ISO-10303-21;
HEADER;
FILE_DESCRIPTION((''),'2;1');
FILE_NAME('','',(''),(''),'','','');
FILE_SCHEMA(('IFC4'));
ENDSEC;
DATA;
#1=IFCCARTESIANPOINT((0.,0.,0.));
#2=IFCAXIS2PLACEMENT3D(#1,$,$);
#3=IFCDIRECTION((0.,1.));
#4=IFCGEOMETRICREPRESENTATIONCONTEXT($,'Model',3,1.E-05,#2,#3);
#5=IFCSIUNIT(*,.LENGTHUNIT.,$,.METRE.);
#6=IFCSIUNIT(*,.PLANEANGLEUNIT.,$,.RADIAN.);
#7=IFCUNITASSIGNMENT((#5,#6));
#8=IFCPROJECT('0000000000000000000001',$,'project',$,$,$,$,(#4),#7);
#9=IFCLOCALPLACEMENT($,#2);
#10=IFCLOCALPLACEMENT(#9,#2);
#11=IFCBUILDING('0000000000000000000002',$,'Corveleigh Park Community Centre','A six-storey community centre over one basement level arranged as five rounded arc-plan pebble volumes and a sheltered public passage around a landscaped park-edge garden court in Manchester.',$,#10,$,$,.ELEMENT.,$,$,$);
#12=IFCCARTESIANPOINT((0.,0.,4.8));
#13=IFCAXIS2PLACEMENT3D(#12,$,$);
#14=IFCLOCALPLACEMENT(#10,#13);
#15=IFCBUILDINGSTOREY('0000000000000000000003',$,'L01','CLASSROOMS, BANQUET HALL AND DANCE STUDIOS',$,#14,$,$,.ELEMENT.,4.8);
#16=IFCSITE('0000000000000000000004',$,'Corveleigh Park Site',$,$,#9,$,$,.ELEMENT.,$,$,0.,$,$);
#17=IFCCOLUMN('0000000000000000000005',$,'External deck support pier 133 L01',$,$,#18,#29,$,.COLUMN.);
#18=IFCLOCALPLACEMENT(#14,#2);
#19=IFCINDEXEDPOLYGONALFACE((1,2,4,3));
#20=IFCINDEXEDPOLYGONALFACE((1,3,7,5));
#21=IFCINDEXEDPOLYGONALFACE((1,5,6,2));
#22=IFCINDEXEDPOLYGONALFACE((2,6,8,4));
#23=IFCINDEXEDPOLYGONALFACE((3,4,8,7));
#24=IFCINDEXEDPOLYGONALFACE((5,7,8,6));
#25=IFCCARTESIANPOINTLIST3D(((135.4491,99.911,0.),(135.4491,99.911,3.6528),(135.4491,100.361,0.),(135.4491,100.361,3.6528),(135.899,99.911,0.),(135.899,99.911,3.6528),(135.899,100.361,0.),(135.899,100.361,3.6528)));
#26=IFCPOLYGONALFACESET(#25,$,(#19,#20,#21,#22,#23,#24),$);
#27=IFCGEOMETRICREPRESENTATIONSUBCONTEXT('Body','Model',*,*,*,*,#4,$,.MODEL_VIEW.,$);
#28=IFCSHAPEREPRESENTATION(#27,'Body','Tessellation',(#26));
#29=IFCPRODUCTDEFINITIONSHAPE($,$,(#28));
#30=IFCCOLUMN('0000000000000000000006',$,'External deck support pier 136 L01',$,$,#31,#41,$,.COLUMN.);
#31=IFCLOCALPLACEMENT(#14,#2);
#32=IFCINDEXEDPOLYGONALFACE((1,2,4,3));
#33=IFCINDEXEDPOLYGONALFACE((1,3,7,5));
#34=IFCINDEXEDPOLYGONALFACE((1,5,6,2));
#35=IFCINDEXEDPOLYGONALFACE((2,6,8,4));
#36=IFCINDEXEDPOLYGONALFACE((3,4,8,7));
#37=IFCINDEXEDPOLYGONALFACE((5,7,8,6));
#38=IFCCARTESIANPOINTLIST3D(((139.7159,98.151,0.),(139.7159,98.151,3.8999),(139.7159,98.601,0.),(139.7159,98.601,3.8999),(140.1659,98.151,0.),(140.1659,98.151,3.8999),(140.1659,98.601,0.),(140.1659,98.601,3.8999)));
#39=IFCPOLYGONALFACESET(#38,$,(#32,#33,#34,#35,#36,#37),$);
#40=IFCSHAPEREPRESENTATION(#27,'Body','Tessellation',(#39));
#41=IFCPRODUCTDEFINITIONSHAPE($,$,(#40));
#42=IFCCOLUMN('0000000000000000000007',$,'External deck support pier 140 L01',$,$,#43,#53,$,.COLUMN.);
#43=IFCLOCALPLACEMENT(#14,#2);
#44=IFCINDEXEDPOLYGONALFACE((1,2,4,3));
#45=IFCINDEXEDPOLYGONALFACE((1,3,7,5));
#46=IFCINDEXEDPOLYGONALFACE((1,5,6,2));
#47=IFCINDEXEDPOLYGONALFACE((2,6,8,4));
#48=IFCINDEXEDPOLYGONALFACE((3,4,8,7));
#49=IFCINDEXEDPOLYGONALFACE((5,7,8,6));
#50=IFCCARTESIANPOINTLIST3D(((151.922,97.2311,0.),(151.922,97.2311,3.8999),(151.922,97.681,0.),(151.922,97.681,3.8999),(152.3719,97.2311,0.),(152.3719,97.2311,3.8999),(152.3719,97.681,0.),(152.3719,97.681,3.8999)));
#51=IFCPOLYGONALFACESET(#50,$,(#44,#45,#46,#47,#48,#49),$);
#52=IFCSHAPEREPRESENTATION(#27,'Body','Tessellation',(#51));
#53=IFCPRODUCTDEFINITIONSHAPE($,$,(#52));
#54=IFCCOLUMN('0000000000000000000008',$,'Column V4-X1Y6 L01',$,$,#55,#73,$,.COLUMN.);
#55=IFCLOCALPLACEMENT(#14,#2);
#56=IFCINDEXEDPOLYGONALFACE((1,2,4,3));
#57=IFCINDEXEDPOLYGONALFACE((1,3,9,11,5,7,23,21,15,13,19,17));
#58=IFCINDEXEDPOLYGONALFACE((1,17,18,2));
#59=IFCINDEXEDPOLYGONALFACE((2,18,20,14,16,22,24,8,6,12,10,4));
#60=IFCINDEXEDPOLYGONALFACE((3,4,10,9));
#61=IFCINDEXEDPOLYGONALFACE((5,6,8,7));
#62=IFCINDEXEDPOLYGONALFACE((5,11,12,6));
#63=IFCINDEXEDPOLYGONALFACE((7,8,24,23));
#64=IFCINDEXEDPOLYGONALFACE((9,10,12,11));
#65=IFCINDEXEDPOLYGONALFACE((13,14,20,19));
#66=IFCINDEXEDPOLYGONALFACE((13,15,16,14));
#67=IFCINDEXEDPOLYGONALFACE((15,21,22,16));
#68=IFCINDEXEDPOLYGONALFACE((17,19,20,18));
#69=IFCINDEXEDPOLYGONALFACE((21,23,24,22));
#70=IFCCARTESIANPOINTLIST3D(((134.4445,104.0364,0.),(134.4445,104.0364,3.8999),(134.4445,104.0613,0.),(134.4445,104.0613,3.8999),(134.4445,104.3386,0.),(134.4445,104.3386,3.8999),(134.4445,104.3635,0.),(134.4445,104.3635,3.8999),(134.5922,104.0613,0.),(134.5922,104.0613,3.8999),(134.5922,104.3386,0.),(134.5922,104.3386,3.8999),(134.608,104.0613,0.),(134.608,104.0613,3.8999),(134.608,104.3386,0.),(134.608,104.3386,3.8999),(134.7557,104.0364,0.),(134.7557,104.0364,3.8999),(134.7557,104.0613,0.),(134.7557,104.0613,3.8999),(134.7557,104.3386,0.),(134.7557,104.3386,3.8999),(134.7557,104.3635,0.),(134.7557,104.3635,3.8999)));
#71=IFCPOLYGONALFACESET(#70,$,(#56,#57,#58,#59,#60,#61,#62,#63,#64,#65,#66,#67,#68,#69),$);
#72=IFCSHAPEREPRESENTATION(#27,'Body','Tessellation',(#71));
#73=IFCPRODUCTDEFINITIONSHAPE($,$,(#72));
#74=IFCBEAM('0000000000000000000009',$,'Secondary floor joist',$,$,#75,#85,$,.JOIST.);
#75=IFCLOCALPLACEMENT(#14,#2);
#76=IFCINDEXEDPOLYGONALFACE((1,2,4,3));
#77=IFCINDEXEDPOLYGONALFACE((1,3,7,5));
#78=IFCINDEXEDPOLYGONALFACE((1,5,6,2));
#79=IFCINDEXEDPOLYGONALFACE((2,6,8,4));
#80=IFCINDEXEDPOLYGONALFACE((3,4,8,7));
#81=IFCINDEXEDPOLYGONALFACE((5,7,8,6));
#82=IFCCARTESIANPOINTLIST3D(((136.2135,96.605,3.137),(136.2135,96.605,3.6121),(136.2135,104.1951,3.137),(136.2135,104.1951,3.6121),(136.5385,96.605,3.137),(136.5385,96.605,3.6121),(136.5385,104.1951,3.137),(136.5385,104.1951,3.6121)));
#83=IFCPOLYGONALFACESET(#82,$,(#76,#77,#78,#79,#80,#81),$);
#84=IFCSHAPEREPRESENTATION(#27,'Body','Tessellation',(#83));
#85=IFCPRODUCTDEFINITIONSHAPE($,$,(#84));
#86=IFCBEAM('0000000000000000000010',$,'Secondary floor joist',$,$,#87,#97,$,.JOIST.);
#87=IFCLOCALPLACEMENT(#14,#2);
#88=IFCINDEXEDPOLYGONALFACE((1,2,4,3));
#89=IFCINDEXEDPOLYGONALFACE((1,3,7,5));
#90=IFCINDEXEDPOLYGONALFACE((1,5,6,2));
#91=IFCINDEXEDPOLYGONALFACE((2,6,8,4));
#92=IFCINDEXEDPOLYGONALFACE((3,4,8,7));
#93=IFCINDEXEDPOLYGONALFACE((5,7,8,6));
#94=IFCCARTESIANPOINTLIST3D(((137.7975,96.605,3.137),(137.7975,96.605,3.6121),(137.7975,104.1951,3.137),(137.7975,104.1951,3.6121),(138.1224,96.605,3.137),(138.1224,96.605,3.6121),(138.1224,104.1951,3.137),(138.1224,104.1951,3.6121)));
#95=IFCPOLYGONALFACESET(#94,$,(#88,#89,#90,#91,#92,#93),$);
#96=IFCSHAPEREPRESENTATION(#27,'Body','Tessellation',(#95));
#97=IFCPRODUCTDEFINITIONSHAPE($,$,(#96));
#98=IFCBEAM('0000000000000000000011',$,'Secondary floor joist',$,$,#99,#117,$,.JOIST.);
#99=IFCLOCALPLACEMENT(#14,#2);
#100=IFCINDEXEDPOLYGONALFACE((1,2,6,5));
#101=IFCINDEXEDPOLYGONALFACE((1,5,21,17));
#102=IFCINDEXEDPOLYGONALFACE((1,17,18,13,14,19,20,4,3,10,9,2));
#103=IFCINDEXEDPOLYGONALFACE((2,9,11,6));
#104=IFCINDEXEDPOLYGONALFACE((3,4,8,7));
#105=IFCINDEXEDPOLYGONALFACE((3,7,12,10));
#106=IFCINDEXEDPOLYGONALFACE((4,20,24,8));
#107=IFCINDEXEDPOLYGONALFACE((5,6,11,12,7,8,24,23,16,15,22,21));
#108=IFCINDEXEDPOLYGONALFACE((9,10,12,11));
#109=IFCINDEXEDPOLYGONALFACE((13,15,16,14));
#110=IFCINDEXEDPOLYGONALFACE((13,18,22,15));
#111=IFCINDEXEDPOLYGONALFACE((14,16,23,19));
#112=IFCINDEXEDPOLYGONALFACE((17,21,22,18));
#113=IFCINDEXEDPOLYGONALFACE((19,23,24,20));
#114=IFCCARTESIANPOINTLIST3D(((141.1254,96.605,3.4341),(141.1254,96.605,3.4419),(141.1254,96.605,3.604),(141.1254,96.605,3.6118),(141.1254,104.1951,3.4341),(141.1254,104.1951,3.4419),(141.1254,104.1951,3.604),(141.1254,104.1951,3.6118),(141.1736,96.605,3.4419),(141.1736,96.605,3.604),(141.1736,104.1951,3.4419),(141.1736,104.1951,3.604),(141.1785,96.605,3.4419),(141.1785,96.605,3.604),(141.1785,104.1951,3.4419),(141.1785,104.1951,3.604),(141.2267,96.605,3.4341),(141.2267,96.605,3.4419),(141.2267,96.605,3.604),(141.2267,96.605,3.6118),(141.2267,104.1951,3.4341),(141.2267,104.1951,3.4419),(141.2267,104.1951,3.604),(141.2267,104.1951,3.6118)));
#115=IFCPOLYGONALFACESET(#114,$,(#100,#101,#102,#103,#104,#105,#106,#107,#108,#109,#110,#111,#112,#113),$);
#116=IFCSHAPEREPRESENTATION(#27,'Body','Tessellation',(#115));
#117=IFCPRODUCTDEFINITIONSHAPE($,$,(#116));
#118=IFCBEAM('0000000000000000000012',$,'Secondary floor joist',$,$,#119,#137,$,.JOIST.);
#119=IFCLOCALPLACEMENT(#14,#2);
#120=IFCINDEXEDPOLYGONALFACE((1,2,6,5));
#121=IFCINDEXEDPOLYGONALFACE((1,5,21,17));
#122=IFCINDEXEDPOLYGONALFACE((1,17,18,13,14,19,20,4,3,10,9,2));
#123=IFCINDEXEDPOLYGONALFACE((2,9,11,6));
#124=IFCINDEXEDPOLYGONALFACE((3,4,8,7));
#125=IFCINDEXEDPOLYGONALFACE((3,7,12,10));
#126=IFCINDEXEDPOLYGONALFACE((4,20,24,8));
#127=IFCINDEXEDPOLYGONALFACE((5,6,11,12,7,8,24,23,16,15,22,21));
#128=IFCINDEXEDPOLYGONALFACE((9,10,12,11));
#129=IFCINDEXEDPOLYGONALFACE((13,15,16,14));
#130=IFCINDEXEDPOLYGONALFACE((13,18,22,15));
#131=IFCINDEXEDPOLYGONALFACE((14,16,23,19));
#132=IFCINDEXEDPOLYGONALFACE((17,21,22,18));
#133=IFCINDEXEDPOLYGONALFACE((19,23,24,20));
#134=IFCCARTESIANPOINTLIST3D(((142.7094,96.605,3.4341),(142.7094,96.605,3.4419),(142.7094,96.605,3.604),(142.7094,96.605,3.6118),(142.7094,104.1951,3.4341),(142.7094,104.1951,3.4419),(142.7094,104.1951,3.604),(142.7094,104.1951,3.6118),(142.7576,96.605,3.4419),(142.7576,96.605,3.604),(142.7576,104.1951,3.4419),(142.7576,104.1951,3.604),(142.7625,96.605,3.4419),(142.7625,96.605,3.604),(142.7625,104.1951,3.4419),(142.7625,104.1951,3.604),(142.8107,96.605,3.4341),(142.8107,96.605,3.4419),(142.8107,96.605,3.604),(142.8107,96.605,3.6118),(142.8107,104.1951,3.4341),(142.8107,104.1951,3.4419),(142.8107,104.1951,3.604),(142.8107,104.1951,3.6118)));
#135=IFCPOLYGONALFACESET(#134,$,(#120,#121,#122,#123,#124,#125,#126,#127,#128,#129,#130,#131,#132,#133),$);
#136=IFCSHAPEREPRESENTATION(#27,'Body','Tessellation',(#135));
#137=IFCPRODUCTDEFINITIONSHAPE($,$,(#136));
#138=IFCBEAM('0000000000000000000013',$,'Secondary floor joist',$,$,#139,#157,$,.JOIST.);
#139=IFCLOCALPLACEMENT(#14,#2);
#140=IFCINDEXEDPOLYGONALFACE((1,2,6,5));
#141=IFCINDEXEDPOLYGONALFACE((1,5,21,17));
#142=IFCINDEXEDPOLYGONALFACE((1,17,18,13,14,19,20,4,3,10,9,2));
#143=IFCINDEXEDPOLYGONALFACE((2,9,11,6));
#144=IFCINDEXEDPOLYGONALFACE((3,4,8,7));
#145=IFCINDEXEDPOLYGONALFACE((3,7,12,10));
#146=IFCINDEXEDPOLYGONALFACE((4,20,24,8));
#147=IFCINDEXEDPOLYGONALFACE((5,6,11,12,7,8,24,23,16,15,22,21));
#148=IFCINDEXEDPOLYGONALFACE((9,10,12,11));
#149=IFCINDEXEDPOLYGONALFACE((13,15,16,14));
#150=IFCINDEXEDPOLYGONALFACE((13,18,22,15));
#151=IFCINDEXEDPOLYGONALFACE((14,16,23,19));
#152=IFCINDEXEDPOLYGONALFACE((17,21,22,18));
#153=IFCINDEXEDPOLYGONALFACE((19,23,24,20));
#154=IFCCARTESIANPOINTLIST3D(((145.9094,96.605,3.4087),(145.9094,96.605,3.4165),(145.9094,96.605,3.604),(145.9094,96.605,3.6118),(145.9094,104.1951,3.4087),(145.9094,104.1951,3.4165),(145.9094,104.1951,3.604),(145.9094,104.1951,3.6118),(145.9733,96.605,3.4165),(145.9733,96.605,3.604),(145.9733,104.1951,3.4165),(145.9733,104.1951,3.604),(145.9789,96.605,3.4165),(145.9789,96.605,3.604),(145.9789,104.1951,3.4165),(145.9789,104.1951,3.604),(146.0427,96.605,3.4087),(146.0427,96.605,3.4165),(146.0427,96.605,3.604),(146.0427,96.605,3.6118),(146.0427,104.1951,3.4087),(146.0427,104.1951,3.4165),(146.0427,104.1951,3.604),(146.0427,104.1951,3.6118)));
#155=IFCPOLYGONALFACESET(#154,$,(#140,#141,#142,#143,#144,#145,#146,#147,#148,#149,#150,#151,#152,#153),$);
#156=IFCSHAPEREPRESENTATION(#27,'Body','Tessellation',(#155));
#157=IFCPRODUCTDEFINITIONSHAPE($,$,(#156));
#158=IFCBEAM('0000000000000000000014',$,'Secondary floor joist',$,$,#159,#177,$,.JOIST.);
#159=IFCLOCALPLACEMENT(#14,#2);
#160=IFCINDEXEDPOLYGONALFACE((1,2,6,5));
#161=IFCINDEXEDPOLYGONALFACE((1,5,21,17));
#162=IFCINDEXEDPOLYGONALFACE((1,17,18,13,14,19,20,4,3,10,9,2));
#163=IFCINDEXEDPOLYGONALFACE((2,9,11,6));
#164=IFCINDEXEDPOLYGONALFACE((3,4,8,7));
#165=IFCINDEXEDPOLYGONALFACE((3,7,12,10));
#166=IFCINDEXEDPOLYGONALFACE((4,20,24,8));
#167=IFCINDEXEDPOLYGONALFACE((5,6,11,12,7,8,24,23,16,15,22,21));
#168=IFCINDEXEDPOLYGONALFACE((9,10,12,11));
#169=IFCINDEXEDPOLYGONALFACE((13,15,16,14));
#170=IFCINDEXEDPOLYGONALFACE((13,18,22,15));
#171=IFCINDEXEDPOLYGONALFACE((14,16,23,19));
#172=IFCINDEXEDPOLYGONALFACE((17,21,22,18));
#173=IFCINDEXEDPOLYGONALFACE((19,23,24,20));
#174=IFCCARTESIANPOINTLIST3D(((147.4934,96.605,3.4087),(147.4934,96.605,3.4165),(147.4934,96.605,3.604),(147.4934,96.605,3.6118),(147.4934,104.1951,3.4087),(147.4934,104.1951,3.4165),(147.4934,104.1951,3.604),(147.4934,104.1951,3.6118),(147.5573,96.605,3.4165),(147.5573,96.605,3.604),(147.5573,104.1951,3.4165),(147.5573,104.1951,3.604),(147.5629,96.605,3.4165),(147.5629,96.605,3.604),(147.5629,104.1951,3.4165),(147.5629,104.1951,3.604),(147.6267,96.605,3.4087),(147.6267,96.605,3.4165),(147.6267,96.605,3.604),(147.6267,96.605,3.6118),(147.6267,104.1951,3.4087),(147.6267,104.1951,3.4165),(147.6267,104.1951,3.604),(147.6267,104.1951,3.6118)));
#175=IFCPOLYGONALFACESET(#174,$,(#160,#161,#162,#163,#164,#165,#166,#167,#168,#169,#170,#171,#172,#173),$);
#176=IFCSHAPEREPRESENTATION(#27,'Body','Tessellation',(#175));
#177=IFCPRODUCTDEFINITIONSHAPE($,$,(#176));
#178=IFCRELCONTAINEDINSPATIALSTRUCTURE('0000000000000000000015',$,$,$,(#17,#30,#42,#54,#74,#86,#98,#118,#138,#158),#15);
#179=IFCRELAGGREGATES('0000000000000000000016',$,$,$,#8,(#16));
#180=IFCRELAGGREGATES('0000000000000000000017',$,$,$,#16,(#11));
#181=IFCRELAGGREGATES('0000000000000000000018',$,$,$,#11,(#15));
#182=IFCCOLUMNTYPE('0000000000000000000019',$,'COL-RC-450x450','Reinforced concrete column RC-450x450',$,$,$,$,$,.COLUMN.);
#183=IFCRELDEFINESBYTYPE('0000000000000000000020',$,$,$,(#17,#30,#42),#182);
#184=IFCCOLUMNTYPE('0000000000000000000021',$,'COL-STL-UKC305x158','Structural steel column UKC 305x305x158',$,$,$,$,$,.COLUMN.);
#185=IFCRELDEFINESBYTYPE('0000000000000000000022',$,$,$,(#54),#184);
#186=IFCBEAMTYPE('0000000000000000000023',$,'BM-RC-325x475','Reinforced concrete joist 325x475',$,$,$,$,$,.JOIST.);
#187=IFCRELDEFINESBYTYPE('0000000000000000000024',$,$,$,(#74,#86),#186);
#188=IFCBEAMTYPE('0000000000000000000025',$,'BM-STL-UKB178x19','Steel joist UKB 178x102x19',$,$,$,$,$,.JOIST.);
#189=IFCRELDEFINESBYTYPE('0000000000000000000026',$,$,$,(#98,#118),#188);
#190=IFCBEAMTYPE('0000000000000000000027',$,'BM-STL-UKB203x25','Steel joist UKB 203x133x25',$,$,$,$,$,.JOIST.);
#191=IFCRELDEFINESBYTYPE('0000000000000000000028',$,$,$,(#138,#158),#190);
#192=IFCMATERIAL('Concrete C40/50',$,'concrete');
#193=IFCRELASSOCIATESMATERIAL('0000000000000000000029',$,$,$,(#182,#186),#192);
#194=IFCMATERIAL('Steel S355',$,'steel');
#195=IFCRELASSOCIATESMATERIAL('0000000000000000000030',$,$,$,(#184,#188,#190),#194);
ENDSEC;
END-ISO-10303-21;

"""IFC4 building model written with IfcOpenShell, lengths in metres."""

from ifc_helpers import new_model, si_unit, direction, frame, origin, origin_2d, place, context, subcontext, project, spatial, rectangle, i_section, extrude, material, material_profile, profile_set, type_object, element, save


model = new_model("IFC4")

# Units and contexts
model_context = context("Model", 3, precision=1e-05, world=origin(), true_north=direction((0.0, 1.0)))
body_context = subcontext(model_context, "Body", "Model", "MODEL_VIEW")
ifc_project = project(units=[si_unit("LENGTHUNIT", "METRE"), si_unit("PLANEANGLEUNIT", "RADIAN")], contexts=[model_context])

# Site, building, storey
site_placement = place(None, origin())
site = spatial("IfcSite", under=ifc_project, at=site_placement, Name="Corveleigh Park Site", CompositionType="ELEMENT", RefElevation=0.0)
building_placement = place(site_placement, origin())
building = spatial("IfcBuilding", under=site, at=building_placement, Name="Corveleigh Park Community Centre", Description="A six-storey community centre over one basement level arranged as five rounded arc-plan pebble volumes and a sheltered public passage around a landscaped park-edge garden court in Manchester.", CompositionType="ELEMENT")
storey_placement = place(building_placement, frame((0.0, 0.0, 4.8)))
storey = spatial("IfcBuildingStorey", under=building, at=storey_placement, Name="L01", Description="CLASSROOMS, BANQUET HALL AND DANCE STUDIOS", CompositionType="ELEMENT", Elevation=4.8)

# Columns
ifc_material_1 = material(Name="Concrete C40/50", Category="concrete")
ifc_material_profile_1 = material_profile(ifc_material_1, rectangle(XDim=0.45, YDim=0.45, at=origin_2d()), Name="RC-450x450", Category="concrete")
ifc_profile_set_1 = profile_set([ifc_material_profile_1], Name="Concrete C40/50")
column_type_1 = type_object("IfcColumnType", Name="COL-RC-450x450", Description="Reinforced concrete column RC-450x450", PredefinedType="COLUMN", material=ifc_profile_set_1)
column_1_placement = place(storey_placement, frame((135.6741, 100.136, 0.0), z_axis=(0.0, 0.0, 1.0), x_axis=(1.0, 0.0, 0.0)))
element("IfcColumn", 1, at=column_1_placement, inside=storey, type_object=column_type_1, Name="External deck support pier 133 L01", PredefinedType="COLUMN", context=body_context, shape_type="SweptSolid", body=[
    extrude(rectangle(XDim=0.45, YDim=0.45, at=origin_2d()), origin(), (0.0, 0.0, 1.0), 3.6528),
])
for number, where, z_axis, x_axis, name in (
    (2, (139.9409, 98.376, 0.0), (0.0, 0.0, 1.0), (1.0, 0.0, 0.0), "External deck support pier 136 L01"),
    (3, (152.147, 97.4561, 0.0), (0.0, 0.0, 1.0), (1.0, 0.0, 0.0), "External deck support pier 140 L01"),
):
    element("IfcColumn", number, at=place(storey_placement, frame(where, z_axis=z_axis, x_axis=x_axis)), inside=storey, type_object=column_type_1, Name=name, PredefinedType="COLUMN", context=body_context, shape_type="SweptSolid", body=[
        extrude(rectangle(XDim=0.45, YDim=0.45, at=origin_2d()), origin(), (0.0, 0.0, 1.0), 3.8999),
    ])
ifc_material_2 = material(Name="Steel S355", Category="steel")
ifc_material_profile_2 = material_profile(ifc_material_2, i_section(OverallWidth=0.3113, OverallDepth=0.3271, WebThickness=0.0159, FlangeThickness=0.0249, at=origin_2d()), Name="UKC 305x305x158", Category="steel")
ifc_profile_set_2 = profile_set([ifc_material_profile_2], Name="Steel S355")
column_type_2 = type_object("IfcColumnType", Name="COL-STL-UKC305x158", Description="Structural steel column UKC 305x305x158", PredefinedType="COLUMN", material=ifc_profile_set_2)
column_2_placement = place(storey_placement, frame((134.6001, 104.2, 0.0), z_axis=(0.0, 0.0, 1.0), x_axis=(1.0, 0.0, 0.0)))
element("IfcColumn", 4, at=column_2_placement, inside=storey, type_object=column_type_2, Name="Column V4-X1Y6 L01", PredefinedType="COLUMN", context=body_context, shape_type="SweptSolid", body=[
    extrude(i_section(OverallWidth=0.3113, OverallDepth=0.3271, WebThickness=0.0159, FlangeThickness=0.0249, at=origin_2d()), origin(), (0.0, 0.0, 1.0), 3.8999),
])

# Beams
ifc_material_profile_3 = material_profile(ifc_material_1, rectangle(XDim=0.325, YDim=0.4751, at=origin_2d()), Name="RC-325x475", Category="concrete")
ifc_profile_set_3 = profile_set([ifc_material_profile_3], Name="Concrete C40/50")
beam_type_1 = type_object("IfcBeamType", Name="BM-RC-325x475", Description="Reinforced concrete joist 325x475", PredefinedType="JOIST", material=ifc_profile_set_3)
for number, where, z_axis, x_axis, name in (
    (5, (136.376, 96.605, 3.3745), (0.0, 1.0, 0.0), (-1.0, 0.0, 0.0), "Secondary floor joist"),
    (6, (137.96, 96.605, 3.3745), (0.0, 1.0, 0.0), (-1.0, 0.0, 0.0), "Secondary floor joist"),
):
    element("IfcBeam", number, at=place(storey_placement, frame(where, z_axis=z_axis, x_axis=x_axis)), inside=storey, type_object=beam_type_1, Name=name, PredefinedType="JOIST", context=body_context, shape_type="SweptSolid", body=[
        extrude(rectangle(XDim=0.325, YDim=0.4751, at=origin_2d()), origin(), (0.0, 0.0, 1.0), 7.5901),
    ])
ifc_material_profile_4 = material_profile(ifc_material_2, i_section(OverallWidth=0.1013, OverallDepth=0.1777, WebThickness=0.0049, FlangeThickness=0.0078, at=origin_2d()), Name="UKB 178x102x19", Category="steel")
ifc_profile_set_4 = profile_set([ifc_material_profile_4], Name="Steel S355")
beam_type_2 = type_object("IfcBeamType", Name="BM-STL-UKB178x19", Description="Steel joist UKB 178x102x19", PredefinedType="JOIST", material=ifc_profile_set_4)
for number, where, z_axis, x_axis, name in (
    (7, (141.176, 96.605, 3.5229), (0.0, 1.0, 0.0), (-1.0, 0.0, 0.0), "Secondary floor joist"),
    (8, (142.76, 96.605, 3.5229), (0.0, 1.0, 0.0), (-1.0, 0.0, 0.0), "Secondary floor joist"),
):
    element("IfcBeam", number, at=place(storey_placement, frame(where, z_axis=z_axis, x_axis=x_axis)), inside=storey, type_object=beam_type_2, Name=name, PredefinedType="JOIST", context=body_context, shape_type="SweptSolid", body=[
        extrude(i_section(OverallWidth=0.1013, OverallDepth=0.1777, WebThickness=0.0049, FlangeThickness=0.0078, at=origin_2d()), origin(), (0.0, 0.0, 1.0), 7.5901),
    ])
ifc_material_profile_5 = material_profile(ifc_material_2, i_section(OverallWidth=0.1333, OverallDepth=0.2031, WebThickness=0.0056, FlangeThickness=0.0078, at=origin_2d()), Name="UKB 203x133x25", Category="steel")
ifc_profile_set_5 = profile_set([ifc_material_profile_5], Name="Steel S355")
beam_type_3 = type_object("IfcBeamType", Name="BM-STL-UKB203x25", Description="Steel joist UKB 203x133x25", PredefinedType="JOIST", material=ifc_profile_set_5)
for number, where, z_axis, x_axis, name in (
    (9, (145.9761, 96.605, 3.5103), (0.0, 1.0, 0.0), (-1.0, 0.0, 0.0), "Secondary floor joist"),
    (10, (147.5601, 96.605, 3.5103), (0.0, 1.0, 0.0), (-1.0, 0.0, 0.0), "Secondary floor joist"),
):
    element("IfcBeam", number, at=place(storey_placement, frame(where, z_axis=z_axis, x_axis=x_axis)), inside=storey, type_object=beam_type_3, Name=name, PredefinedType="JOIST", context=body_context, shape_type="SweptSolid", body=[
        extrude(i_section(OverallWidth=0.1333, OverallDepth=0.2031, WebThickness=0.0056, FlangeThickness=0.0078, at=origin_2d()), origin(), (0.0, 0.0, 1.0), 7.5901),
    ])

save(model, "model.ifc")
